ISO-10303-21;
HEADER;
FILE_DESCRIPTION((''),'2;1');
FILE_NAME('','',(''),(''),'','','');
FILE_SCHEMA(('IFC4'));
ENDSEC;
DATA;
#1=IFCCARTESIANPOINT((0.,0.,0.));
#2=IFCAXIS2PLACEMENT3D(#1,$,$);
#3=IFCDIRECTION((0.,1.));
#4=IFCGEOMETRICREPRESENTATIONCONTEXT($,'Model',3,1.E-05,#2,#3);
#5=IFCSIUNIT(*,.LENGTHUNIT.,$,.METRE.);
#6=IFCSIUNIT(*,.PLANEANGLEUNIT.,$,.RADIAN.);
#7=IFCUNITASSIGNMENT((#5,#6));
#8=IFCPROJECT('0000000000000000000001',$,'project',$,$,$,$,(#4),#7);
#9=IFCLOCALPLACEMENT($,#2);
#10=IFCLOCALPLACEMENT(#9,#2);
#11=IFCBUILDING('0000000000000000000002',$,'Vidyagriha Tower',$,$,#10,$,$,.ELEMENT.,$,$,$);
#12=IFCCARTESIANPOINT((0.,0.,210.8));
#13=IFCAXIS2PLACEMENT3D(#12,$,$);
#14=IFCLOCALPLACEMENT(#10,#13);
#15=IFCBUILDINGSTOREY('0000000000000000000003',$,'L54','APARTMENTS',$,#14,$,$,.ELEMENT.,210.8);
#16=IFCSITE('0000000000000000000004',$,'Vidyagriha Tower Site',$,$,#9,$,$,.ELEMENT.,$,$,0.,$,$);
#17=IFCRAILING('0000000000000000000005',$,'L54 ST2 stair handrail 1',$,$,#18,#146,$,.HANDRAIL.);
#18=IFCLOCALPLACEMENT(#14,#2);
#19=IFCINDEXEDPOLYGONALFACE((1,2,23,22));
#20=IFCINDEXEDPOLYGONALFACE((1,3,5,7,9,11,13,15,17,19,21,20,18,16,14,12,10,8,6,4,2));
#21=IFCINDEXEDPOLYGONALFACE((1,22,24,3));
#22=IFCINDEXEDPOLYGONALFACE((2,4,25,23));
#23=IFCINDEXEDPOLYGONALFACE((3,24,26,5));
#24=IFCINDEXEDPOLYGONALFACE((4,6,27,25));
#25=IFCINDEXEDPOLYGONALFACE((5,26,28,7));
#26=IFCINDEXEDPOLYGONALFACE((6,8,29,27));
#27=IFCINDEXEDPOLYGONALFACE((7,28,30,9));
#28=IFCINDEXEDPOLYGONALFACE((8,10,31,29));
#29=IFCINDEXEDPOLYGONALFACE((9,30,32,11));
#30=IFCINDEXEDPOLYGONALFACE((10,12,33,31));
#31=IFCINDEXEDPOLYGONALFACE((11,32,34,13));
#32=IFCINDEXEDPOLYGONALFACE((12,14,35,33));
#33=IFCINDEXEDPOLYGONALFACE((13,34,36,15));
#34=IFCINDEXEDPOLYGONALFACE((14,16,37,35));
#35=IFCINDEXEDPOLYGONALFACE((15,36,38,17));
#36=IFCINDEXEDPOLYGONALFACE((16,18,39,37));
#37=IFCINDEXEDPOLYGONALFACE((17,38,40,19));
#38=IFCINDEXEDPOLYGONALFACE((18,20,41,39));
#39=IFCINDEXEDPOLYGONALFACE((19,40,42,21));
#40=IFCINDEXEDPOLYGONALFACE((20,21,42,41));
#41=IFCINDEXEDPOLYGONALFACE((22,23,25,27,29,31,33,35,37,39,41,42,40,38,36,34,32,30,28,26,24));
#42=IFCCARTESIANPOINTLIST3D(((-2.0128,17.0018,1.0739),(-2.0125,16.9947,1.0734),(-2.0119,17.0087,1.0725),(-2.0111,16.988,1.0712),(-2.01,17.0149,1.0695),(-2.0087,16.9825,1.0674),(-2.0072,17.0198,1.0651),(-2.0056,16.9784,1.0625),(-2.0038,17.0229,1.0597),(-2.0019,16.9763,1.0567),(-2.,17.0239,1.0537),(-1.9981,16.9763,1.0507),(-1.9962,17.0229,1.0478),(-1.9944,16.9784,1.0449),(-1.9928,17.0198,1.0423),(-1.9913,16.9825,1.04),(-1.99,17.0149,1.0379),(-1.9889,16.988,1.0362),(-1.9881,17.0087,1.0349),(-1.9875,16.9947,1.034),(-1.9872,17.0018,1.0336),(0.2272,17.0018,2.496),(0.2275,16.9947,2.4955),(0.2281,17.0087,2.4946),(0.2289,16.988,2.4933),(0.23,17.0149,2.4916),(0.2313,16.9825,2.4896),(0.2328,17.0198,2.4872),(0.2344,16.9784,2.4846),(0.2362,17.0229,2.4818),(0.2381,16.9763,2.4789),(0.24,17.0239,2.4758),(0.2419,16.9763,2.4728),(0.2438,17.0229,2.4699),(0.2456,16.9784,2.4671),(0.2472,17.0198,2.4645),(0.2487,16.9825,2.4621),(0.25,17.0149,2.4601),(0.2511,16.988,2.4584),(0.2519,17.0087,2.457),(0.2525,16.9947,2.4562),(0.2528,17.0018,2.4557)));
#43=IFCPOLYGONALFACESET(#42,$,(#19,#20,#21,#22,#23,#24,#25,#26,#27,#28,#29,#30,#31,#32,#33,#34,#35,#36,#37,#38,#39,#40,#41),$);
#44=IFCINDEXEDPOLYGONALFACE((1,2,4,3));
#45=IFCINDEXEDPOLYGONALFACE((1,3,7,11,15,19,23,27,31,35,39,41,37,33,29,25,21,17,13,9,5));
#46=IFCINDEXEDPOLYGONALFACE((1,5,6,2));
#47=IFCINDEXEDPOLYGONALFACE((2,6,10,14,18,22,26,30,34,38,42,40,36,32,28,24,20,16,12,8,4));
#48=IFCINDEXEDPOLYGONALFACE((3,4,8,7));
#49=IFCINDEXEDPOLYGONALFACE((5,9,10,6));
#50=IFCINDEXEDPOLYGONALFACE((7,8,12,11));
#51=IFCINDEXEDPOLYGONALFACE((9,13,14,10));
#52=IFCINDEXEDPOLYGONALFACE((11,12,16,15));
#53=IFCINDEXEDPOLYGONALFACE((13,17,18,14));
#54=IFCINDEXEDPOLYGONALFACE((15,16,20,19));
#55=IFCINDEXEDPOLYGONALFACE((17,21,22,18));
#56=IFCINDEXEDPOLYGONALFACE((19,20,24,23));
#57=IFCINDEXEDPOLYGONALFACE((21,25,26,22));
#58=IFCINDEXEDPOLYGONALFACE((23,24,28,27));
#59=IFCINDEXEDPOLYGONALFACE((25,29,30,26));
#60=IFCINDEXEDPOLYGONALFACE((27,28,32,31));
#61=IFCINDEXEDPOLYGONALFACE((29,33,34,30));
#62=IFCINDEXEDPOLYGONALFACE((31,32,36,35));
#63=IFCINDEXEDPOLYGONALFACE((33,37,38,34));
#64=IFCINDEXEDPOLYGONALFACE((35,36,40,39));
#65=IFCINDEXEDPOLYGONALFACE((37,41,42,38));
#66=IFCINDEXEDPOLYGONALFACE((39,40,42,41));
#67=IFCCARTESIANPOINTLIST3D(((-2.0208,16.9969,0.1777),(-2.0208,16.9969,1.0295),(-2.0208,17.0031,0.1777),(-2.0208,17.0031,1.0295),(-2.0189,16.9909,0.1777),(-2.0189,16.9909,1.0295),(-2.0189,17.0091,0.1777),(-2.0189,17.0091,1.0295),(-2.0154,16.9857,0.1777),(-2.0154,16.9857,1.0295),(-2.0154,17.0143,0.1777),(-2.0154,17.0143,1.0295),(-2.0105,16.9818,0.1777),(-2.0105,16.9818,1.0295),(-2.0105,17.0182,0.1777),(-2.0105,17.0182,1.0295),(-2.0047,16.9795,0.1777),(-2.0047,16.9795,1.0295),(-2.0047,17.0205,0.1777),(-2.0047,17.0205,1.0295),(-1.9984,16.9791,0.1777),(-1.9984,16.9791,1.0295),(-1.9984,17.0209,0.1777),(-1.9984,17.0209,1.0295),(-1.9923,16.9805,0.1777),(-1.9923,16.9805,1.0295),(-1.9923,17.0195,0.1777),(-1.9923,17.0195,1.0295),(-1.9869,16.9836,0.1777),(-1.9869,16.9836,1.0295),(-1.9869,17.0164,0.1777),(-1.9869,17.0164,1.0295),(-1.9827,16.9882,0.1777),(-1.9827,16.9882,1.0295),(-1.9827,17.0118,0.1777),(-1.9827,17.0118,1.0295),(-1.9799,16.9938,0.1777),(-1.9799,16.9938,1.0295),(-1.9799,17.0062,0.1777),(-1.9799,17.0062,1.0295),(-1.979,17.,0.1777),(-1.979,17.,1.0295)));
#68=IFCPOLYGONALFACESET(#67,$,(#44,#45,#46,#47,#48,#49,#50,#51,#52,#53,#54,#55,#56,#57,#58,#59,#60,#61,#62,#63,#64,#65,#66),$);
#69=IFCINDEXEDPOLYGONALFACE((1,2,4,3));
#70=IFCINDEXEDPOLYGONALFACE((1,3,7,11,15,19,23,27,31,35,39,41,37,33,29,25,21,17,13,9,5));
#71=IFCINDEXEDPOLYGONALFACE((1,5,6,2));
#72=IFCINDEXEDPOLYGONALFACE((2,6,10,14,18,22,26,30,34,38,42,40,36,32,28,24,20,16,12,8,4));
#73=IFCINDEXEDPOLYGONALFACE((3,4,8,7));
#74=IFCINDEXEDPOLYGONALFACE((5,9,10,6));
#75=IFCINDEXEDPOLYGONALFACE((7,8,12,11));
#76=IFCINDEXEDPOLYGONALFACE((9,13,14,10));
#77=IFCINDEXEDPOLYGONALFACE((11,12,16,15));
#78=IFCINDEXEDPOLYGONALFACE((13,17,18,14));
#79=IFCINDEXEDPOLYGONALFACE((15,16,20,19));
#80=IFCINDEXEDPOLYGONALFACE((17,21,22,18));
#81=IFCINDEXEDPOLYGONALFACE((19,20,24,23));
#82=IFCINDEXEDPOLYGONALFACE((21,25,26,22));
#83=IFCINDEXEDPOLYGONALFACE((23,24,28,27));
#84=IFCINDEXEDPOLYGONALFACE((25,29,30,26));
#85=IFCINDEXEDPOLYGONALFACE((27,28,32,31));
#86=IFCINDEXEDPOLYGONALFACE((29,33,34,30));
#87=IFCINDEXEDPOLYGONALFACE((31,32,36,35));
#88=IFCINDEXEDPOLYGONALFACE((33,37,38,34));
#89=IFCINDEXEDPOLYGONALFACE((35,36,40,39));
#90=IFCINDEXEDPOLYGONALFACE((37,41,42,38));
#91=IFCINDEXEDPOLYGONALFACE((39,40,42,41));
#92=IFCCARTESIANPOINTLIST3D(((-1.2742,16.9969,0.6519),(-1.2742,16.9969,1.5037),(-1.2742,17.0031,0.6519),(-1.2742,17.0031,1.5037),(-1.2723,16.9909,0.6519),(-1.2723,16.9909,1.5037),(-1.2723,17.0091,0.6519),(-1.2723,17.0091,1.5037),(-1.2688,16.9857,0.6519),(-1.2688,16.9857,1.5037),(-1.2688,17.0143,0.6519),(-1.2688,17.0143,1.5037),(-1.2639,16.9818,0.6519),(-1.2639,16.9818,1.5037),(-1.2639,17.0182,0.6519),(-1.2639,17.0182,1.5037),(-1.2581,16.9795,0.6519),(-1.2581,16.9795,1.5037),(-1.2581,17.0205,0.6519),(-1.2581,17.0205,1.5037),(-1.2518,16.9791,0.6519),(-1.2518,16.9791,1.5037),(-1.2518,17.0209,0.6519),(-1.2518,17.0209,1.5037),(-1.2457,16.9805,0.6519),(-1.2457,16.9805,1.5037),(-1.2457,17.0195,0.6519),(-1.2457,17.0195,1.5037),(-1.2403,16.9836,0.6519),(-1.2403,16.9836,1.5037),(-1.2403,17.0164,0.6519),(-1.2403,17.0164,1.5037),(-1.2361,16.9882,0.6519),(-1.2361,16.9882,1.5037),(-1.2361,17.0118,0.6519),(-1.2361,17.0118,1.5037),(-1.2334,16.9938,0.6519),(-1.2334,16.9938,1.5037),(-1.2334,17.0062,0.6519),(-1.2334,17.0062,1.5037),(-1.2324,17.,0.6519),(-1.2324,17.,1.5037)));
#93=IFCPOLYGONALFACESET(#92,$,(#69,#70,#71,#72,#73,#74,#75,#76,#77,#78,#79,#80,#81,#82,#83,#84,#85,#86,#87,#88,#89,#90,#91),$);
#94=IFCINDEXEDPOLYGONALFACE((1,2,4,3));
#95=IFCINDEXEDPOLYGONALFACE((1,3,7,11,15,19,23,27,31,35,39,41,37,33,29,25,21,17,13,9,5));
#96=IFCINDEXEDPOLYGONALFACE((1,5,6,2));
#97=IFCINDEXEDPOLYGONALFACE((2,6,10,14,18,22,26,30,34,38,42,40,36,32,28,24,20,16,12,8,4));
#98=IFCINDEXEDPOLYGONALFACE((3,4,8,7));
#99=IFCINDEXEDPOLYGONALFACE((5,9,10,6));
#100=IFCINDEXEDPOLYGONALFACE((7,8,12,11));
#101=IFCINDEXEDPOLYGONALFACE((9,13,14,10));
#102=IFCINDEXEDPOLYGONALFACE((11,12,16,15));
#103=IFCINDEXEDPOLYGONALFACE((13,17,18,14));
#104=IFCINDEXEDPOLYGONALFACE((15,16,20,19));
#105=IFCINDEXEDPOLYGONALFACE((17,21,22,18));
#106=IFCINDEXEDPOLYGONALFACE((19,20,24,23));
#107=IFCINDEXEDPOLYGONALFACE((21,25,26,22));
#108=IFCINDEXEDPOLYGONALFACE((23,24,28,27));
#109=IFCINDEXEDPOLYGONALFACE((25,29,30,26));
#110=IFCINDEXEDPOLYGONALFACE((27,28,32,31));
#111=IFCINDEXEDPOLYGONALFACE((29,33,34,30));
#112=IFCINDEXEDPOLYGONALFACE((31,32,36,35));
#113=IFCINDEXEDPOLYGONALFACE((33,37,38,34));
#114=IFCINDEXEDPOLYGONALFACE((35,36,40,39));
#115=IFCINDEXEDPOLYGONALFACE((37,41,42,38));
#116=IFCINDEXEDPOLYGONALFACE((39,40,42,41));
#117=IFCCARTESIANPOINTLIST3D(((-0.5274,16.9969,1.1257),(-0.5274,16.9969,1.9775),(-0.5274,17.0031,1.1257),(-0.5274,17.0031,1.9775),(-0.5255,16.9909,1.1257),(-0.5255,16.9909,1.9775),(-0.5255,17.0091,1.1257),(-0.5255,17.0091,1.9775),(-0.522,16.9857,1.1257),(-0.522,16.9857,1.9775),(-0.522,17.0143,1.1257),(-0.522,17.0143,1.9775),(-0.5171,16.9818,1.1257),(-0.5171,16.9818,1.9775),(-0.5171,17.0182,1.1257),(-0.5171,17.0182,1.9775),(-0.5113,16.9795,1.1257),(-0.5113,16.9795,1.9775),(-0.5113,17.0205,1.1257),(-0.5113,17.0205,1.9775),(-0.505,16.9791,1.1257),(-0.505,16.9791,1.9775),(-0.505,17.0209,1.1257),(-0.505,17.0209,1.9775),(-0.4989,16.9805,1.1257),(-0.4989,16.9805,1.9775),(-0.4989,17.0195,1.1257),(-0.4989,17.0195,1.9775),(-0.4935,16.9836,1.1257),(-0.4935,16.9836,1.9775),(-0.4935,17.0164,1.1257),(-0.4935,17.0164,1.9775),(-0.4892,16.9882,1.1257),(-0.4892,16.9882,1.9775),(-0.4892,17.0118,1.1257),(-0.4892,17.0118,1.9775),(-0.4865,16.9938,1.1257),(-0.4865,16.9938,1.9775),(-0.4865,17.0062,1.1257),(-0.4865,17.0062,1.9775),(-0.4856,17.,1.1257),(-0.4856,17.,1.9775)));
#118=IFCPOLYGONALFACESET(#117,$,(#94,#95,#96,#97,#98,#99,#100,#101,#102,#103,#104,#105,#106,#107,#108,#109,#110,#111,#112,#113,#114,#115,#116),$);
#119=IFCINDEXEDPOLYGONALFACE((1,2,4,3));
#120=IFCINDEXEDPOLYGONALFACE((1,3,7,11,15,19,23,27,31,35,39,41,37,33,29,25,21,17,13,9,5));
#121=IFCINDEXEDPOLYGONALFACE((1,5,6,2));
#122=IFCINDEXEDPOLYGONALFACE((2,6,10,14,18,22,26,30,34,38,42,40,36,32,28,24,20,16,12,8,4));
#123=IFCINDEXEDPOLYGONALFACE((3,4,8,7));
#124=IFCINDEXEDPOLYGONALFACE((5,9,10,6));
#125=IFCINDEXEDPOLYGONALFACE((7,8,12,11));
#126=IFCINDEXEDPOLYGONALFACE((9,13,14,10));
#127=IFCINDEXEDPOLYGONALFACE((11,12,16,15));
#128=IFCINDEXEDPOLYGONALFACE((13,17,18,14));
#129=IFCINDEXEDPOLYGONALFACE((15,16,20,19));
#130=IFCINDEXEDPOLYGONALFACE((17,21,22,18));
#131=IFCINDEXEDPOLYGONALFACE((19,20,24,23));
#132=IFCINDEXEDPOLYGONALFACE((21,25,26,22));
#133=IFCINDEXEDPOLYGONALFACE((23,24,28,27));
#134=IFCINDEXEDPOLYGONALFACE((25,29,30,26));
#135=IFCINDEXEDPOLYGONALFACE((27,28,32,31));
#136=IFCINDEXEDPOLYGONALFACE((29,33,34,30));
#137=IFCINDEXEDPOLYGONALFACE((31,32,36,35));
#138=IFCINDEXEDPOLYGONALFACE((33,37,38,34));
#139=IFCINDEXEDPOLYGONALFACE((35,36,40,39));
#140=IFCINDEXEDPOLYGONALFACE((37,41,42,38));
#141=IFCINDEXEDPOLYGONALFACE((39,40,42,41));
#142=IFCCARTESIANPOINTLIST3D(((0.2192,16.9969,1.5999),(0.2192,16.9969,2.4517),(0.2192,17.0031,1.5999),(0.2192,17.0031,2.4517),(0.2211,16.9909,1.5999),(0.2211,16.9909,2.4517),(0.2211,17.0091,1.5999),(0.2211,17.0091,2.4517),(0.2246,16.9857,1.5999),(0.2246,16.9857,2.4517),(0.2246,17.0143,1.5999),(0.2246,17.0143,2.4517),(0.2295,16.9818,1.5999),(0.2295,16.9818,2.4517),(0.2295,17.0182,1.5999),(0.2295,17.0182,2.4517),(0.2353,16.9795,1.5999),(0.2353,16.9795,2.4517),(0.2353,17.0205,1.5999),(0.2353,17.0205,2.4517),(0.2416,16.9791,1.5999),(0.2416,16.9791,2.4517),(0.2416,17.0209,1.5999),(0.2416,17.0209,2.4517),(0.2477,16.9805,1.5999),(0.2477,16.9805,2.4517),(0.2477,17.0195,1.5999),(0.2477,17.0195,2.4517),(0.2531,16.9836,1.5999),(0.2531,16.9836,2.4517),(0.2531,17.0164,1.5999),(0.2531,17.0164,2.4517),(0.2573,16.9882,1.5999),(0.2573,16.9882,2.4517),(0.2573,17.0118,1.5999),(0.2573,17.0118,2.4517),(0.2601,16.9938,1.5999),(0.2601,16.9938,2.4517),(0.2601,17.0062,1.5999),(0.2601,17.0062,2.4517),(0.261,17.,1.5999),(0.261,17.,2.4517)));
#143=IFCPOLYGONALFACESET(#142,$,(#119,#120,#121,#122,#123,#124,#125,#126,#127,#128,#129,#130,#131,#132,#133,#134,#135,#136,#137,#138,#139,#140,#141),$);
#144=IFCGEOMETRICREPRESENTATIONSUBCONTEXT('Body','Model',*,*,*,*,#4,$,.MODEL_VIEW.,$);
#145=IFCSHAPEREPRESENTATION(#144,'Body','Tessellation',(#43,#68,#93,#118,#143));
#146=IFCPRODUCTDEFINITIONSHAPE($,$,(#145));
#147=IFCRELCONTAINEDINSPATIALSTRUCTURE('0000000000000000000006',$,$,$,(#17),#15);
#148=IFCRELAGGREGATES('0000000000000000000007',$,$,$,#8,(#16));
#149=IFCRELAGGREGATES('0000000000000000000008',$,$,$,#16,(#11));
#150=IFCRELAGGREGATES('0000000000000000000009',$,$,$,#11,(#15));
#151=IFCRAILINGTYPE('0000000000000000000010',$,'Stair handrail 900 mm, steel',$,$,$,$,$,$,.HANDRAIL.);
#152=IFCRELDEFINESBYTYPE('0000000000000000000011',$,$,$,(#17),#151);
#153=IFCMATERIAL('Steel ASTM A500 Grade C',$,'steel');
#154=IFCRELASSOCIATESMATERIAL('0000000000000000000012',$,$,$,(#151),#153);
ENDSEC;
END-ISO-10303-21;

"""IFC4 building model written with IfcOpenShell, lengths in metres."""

from ifc_helpers import new_model, si_unit, direction, frame, origin, origin_2d, place, context, subcontext, project, spatial, circle, extrude, material, type_object, element, save


model = new_model("IFC4")

# Units and contexts
model_context = context("Model", 3, precision=1e-05, world=origin(), true_north=direction((0.0, 1.0)))
body_context = subcontext(model_context, "Body", "Model", "MODEL_VIEW")
ifc_project = project(units=[si_unit("LENGTHUNIT", "METRE"), si_unit("PLANEANGLEUNIT", "RADIAN")], contexts=[model_context])

# Site, building, storey
site_placement = place(None, origin())
site = spatial("IfcSite", under=ifc_project, at=site_placement, Name="Vidyagriha Tower Site", CompositionType="ELEMENT", RefElevation=0.0)
building_placement = place(site_placement, origin())
building = spatial("IfcBuilding", under=site, at=building_placement, Name="Vidyagriha Tower", CompositionType="ELEMENT")
storey_placement = place(building_placement, frame((0.0, 0.0, 210.8)))
storey = spatial("IfcBuildingStorey", under=building, at=storey_placement, Name="L54", Description="APARTMENTS", CompositionType="ELEMENT", Elevation=210.8)

# Railing
ifc_material_1 = material(Name="Steel ASTM A500 Grade C", Category="steel")
railing_type_1 = type_object("IfcRailingType", Name="Stair handrail 900 mm, steel", PredefinedType="HANDRAIL", material=ifc_material_1)
railing_1_placement = place(storey_placement, frame((-2.0, 17.0, 0.1777)))
element("IfcRailing", 1, at=railing_1_placement, inside=storey, type_object=railing_type_1, Name="L54 ST2 stair handrail 1", PredefinedType="HANDRAIL", context=body_context, shape_type="SweptSolid", body=[
    extrude(circle(Radius=0.0239, at=origin_2d()), frame((0.0, 0.0, 0.876), z_axis=(0.844229, 0.0, 0.535982), x_axis=(0.0, 1.0, 0.0)), (0.0, 0.0, 1.0), 2.6533),
    extrude(circle(Radius=0.021, at=origin_2d()), origin(), (0.0, 0.0, 1.0), 0.8518),
    extrude(circle(Radius=0.021, at=origin_2d()), frame((0.7466, 0.0, 0.4741)), (0.0, 0.0, 1.0), 0.8518),
    extrude(circle(Radius=0.021, at=origin_2d()), frame((1.4934, 0.0, 0.948)), (0.0, 0.0, 1.0), 0.8518),
    extrude(circle(Radius=0.021, at=origin_2d()), frame((2.24, 0.0, 1.4221)), (0.0, 0.0, 1.0), 0.8518),
])

save(model, "model.ifc")
